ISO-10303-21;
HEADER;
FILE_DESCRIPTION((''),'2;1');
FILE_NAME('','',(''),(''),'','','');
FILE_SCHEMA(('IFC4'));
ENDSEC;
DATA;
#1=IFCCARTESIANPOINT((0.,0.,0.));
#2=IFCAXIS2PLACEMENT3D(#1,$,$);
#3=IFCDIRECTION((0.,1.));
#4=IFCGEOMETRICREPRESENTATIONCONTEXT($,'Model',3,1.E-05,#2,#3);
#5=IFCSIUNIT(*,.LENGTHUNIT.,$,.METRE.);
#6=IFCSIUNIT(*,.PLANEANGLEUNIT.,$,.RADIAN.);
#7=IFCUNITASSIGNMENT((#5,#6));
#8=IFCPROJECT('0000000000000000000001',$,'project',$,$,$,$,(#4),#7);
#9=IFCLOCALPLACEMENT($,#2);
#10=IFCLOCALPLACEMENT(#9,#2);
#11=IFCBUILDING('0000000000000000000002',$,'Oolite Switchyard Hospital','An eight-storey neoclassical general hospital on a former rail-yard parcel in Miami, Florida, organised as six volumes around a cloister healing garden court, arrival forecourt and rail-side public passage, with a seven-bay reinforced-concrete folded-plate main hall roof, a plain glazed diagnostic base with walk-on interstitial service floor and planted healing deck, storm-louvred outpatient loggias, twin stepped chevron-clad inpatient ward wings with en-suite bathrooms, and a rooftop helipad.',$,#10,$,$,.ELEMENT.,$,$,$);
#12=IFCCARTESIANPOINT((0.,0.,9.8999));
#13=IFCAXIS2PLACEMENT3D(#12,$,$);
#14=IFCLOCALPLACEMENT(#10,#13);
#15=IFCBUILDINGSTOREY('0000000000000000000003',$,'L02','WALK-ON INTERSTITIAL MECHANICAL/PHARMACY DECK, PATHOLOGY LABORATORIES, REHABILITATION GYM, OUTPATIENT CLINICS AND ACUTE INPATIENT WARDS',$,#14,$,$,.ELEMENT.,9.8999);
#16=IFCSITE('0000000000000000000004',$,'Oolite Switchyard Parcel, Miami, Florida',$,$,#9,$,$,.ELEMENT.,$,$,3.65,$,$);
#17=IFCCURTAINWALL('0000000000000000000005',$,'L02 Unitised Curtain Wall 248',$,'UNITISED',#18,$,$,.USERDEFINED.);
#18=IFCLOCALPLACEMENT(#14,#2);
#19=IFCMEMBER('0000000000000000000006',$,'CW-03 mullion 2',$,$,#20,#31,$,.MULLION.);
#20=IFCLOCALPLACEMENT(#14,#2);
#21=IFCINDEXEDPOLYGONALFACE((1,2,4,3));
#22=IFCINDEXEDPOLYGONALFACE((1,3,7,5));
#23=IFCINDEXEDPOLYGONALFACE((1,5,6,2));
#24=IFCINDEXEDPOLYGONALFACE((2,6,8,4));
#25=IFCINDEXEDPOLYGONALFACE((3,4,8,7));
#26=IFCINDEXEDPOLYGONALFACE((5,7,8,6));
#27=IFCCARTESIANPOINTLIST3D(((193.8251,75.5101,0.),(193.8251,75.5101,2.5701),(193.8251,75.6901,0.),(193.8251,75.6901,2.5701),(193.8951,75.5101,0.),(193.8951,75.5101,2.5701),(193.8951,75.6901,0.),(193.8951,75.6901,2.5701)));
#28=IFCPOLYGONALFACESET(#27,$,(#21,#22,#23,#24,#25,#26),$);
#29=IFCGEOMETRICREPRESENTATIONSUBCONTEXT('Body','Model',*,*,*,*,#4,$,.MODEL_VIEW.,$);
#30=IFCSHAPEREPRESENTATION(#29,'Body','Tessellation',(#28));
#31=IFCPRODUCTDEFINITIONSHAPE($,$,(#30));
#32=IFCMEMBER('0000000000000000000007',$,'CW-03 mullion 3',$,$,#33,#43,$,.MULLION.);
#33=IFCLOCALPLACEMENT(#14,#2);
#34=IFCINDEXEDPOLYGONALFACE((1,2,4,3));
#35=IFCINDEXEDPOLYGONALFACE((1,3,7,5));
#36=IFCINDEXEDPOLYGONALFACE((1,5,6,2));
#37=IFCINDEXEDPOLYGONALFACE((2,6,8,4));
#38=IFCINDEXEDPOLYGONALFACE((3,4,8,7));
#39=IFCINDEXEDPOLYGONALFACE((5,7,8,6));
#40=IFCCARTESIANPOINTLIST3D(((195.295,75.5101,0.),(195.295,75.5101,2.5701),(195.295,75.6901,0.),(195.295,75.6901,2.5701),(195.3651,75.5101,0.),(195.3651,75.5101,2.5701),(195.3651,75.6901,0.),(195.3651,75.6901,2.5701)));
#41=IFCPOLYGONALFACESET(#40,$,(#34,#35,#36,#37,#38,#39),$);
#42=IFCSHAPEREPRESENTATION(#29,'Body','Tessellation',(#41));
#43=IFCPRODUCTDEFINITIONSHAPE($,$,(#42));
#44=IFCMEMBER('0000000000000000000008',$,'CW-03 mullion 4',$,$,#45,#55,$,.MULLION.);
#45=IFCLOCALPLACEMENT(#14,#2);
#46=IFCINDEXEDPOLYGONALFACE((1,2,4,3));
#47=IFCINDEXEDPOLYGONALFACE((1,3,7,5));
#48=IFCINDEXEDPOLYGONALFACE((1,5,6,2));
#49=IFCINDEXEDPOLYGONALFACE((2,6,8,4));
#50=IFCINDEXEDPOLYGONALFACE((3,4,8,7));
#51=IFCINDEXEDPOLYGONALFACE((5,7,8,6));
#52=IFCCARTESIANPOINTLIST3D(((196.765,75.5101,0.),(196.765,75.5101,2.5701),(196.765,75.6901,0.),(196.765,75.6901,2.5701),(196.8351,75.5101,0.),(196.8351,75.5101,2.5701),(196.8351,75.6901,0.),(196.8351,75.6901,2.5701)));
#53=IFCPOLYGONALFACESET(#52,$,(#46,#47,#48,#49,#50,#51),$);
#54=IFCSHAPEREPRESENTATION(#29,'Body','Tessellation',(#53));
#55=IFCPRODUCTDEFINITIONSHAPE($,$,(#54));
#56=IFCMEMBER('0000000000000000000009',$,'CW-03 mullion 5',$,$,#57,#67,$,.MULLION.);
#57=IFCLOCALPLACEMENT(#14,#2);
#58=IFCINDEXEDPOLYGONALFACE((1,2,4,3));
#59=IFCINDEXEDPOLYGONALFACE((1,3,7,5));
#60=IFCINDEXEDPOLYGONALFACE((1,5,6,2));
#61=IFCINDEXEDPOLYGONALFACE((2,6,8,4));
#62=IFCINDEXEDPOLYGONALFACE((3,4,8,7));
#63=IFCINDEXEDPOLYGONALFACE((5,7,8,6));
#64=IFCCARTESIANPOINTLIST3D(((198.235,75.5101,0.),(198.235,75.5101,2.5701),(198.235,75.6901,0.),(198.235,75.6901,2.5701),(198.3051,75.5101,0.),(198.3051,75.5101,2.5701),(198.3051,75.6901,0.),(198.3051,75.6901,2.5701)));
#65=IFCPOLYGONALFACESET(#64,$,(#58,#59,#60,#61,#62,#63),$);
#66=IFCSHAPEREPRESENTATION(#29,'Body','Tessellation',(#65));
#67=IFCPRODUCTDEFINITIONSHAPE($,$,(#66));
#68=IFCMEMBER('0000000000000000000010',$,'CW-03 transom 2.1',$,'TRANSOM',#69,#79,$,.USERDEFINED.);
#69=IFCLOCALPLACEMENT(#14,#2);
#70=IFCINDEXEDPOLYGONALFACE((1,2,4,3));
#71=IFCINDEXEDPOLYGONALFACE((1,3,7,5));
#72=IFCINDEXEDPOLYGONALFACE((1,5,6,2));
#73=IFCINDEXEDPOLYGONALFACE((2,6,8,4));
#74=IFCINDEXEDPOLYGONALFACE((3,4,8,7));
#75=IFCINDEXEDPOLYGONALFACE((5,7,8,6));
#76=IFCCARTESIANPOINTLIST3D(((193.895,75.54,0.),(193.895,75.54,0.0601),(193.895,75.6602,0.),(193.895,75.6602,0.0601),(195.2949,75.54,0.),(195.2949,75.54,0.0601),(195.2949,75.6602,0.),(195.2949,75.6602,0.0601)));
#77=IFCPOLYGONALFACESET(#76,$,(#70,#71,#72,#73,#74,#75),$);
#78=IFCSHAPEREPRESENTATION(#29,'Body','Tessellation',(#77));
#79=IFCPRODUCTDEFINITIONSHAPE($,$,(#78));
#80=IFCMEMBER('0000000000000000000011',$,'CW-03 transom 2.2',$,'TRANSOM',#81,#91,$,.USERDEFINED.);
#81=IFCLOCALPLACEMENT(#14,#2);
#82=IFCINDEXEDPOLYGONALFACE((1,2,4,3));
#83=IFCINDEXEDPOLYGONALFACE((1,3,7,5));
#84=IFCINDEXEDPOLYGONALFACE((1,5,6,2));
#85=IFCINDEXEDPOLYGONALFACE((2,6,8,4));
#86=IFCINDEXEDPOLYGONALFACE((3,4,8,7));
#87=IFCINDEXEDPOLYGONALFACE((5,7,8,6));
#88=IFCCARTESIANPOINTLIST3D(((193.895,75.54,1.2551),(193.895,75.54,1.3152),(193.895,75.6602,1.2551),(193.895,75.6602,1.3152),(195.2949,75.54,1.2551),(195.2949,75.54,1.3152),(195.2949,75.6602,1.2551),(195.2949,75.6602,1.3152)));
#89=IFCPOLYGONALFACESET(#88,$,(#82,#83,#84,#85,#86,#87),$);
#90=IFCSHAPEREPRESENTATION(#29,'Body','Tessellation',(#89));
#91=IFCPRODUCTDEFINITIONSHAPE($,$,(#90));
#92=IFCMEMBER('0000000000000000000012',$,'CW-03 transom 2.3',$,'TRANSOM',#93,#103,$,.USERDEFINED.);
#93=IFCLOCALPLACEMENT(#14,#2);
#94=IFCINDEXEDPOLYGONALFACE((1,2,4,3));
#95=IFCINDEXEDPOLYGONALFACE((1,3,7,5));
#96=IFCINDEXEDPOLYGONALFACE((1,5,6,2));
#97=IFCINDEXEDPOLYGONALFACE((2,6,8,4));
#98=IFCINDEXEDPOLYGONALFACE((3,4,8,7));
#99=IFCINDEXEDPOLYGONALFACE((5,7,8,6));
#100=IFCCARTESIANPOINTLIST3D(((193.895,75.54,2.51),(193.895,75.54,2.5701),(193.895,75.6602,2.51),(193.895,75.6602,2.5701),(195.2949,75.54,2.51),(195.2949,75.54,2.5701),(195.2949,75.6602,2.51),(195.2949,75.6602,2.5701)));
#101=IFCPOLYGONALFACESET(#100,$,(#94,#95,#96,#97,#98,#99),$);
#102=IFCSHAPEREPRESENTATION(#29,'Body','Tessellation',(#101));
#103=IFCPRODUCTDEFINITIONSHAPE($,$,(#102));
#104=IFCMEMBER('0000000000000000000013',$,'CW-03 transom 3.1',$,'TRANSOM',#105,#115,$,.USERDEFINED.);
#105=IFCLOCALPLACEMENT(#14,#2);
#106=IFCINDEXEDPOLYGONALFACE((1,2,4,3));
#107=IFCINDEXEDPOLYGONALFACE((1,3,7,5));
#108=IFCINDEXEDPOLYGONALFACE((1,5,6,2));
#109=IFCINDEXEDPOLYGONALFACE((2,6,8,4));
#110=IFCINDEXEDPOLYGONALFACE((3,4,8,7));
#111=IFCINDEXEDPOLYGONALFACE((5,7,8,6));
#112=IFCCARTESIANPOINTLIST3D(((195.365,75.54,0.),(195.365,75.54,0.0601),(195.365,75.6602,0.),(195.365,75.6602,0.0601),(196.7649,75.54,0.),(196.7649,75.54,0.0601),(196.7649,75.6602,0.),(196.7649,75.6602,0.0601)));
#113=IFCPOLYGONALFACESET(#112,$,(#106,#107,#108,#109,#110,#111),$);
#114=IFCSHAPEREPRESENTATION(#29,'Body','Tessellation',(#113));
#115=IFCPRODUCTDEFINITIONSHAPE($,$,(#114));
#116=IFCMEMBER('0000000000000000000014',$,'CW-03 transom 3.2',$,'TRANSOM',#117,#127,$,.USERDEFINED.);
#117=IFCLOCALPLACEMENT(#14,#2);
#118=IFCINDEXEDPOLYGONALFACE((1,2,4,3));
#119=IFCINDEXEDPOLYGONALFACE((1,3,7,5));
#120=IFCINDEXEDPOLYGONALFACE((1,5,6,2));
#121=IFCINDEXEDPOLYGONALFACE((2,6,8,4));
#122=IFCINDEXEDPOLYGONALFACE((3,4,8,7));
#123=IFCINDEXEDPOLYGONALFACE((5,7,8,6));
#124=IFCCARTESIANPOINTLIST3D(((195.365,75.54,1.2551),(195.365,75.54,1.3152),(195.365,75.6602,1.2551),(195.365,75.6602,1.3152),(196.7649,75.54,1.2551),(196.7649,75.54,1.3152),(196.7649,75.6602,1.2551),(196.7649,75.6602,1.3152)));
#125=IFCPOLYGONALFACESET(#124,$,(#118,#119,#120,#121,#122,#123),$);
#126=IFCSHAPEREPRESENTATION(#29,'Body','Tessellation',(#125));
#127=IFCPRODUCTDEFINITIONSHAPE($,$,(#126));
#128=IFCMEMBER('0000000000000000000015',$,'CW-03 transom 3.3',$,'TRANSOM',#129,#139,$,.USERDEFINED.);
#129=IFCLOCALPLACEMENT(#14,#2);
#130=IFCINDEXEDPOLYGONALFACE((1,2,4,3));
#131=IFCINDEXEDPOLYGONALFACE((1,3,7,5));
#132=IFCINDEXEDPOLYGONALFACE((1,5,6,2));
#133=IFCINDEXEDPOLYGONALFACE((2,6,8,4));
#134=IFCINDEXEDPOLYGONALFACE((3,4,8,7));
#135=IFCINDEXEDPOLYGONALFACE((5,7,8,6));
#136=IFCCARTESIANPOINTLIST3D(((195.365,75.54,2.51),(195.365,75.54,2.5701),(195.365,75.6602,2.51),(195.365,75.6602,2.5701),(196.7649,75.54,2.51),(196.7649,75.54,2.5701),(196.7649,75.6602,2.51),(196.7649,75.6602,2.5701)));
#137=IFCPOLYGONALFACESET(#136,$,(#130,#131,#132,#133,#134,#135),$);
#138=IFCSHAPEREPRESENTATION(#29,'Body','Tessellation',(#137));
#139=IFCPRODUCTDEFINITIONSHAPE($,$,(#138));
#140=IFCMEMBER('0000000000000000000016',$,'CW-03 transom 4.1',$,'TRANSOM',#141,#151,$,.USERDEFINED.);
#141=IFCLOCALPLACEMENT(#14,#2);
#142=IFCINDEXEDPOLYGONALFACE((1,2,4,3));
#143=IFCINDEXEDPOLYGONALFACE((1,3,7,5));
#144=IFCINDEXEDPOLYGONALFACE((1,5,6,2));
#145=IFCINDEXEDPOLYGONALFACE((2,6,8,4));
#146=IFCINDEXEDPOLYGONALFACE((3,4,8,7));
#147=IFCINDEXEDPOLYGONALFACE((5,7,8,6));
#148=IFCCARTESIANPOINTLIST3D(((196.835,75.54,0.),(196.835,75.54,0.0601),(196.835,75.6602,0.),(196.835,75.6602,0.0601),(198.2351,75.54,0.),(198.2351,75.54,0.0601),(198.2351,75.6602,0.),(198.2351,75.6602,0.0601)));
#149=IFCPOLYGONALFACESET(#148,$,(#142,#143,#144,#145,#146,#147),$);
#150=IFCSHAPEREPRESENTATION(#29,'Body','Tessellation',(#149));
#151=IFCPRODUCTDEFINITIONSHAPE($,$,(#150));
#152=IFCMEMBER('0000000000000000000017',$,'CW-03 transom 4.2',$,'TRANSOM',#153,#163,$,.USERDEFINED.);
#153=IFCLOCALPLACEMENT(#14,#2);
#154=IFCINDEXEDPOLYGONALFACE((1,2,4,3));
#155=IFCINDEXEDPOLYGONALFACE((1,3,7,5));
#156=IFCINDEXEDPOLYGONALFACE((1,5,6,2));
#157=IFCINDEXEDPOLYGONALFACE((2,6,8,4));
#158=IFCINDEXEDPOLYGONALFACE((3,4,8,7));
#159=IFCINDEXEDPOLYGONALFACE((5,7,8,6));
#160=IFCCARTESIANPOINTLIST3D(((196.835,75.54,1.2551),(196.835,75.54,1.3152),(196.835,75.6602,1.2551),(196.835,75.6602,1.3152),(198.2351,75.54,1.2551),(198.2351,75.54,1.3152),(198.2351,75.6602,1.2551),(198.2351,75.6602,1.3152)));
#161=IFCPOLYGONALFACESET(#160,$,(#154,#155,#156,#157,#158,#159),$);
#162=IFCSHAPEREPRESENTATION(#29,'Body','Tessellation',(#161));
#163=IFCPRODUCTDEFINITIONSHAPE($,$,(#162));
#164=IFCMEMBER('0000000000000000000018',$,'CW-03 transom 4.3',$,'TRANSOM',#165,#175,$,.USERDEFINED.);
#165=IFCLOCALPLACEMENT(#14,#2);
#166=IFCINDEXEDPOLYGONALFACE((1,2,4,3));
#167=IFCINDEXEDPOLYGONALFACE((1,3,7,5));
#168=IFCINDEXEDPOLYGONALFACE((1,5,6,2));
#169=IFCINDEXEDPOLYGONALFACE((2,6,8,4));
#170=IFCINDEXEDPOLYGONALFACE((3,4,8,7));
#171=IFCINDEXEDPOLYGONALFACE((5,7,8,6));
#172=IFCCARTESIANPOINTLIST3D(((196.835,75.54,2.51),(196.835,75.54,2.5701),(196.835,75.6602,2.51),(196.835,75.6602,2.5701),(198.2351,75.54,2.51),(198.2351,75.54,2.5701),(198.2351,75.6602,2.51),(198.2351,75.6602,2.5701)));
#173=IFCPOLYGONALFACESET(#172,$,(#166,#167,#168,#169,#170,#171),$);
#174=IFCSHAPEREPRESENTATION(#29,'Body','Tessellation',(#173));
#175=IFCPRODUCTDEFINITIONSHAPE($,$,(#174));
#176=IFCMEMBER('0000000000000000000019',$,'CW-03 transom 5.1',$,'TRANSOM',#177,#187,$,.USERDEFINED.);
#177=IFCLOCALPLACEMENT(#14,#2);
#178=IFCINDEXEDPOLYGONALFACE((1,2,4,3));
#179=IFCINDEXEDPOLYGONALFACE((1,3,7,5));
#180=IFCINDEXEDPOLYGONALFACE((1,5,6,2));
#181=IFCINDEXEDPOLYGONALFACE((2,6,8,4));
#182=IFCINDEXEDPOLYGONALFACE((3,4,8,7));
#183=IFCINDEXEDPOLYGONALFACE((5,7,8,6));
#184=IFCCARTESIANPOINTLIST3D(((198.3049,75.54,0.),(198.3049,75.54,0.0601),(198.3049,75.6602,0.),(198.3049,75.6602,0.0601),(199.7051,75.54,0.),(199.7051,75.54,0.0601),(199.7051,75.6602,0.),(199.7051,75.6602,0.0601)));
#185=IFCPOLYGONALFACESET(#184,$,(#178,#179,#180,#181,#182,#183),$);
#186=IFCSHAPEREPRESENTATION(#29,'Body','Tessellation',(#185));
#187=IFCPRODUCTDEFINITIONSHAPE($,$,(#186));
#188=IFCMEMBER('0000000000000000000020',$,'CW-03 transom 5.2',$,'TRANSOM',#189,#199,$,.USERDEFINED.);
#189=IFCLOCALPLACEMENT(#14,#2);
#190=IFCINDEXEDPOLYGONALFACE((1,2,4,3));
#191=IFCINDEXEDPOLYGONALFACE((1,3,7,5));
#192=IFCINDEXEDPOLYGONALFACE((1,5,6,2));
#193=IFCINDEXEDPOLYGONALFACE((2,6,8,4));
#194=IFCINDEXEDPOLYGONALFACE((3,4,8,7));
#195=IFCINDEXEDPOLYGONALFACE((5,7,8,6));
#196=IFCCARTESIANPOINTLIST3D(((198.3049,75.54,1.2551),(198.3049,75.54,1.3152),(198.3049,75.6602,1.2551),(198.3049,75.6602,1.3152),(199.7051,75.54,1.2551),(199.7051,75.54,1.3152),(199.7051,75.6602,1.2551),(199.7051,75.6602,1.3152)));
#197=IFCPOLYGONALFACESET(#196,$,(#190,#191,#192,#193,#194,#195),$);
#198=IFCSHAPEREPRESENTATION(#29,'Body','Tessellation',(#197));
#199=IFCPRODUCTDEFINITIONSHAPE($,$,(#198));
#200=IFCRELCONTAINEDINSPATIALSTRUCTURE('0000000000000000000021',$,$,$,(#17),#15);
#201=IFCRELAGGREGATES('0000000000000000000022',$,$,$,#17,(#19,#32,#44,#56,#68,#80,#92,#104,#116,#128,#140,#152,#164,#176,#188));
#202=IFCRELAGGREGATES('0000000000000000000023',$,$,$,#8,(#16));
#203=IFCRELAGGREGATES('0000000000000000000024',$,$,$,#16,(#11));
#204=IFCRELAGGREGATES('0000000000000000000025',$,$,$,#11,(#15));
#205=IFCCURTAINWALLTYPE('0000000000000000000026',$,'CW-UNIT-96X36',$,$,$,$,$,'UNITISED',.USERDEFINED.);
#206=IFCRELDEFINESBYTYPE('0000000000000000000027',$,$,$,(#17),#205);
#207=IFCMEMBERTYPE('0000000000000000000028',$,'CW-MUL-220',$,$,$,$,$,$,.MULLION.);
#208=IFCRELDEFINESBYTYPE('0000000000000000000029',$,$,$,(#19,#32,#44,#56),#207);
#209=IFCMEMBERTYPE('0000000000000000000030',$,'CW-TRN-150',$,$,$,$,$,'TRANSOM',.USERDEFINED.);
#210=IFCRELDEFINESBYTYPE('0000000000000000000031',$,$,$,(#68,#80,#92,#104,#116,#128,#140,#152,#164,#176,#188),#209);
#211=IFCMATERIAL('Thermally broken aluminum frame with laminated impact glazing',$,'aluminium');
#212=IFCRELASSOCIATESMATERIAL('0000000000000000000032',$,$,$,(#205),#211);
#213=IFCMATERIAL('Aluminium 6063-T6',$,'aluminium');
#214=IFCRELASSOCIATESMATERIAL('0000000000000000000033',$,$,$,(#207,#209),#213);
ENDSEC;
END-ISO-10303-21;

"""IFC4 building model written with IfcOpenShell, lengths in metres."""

from ifc_helpers import new_model, si_unit, direction, frame, origin, origin_2d, place, context, subcontext, project, spatial, rectangle, extrude, material, material_profile, profile_set, type_object, element, aggregate, save


model = new_model("IFC4")

# Units and contexts
model_context = context("Model", 3, precision=1e-05, world=origin(), true_north=direction((0.0, 1.0)))
body_context = subcontext(model_context, "Body", "Model", "MODEL_VIEW")
ifc_project = project(units=[si_unit("LENGTHUNIT", "METRE"), si_unit("PLANEANGLEUNIT", "RADIAN")], contexts=[model_context])

# Site, building, storey
site_placement = place(None, origin())
site = spatial("IfcSite", under=ifc_project, at=site_placement, Name="Oolite Switchyard Parcel, Miami, Florida", CompositionType="ELEMENT", RefElevation=3.65)
building_placement = place(site_placement, origin())
building = spatial("IfcBuilding", under=site, at=building_placement, Name="Oolite Switchyard Hospital", Description="An eight-storey neoclassical general hospital on a former rail-yard parcel in Miami, Florida, organised as six volumes around a cloister healing garden court, arrival forecourt and rail-side public passage, with a seven-bay reinforced-concrete folded-plate main hall roof, a plain glazed diagnostic base with walk-on interstitial service floor and planted healing deck, storm-louvred outpatient loggias, twin stepped chevron-clad inpatient ward wings with en-suite bathrooms, and a rooftop helipad.", CompositionType="ELEMENT")
storey_placement = place(building_placement, frame((0.0, 0.0, 9.8999)))
storey = spatial("IfcBuildingStorey", under=building, at=storey_placement, Name="L02", Description="WALK-ON INTERSTITIAL MECHANICAL/PHARMACY DECK, PATHOLOGY LABORATORIES, REHABILITATION GYM, OUTPATIENT CLINICS AND ACUTE INPATIENT WARDS", CompositionType="ELEMENT", Elevation=9.8999)

# Curtain wall, members
ifc_material_1 = material(Name="Thermally broken aluminum frame with laminated impact glazing", Category="aluminium")
curtain_wall_type = type_object("IfcCurtainWallType", Name="CW-UNIT-96X36", ElementType="UNITISED", PredefinedType="USERDEFINED", material=ifc_material_1)
curtain_wall_placement = place(storey_placement, origin())
curtain_wall = element("IfcCurtainWall", 1, at=curtain_wall_placement, inside=storey, type_object=curtain_wall_type, Name="L02 Unitised Curtain Wall 248", ObjectType="UNITISED", PredefinedType="USERDEFINED")
ifc_material_2 = material(Name="Aluminium 6063-T6", Category="aluminium")
ifc_material_profile_1 = material_profile(ifc_material_2, rectangle(XDim=0.1799, YDim=0.0701, at=origin_2d()), Name="CWM70X180")
ifc_profile_set_1 = profile_set([ifc_material_profile_1], Name="Aluminium 6063-T6")
member_type_1 = type_object("IfcMemberType", Name="CW-MUL-220", PredefinedType="MULLION", material=ifc_profile_set_1)
member_1_placement = place(storey_placement, frame((193.8601, 75.6001, 0.0), z_axis=(0.0, 0.0, 1.0), x_axis=(0.0, 1.0, 0.0)))
member_1 = element("IfcMember", 2, at=member_1_placement, type_object=member_type_1, Name="CW-03 mullion 2", PredefinedType="MULLION", context=body_context, shape_type="SweptSolid", body=[
    extrude(rectangle(XDim=0.1799, YDim=0.0701, at=origin_2d()), origin(), (0.0, 0.0, 1.0), 2.5701),
])
member_2_placement = place(storey_placement, frame((195.3301, 75.6001, 0.0), z_axis=(0.0, 0.0, 1.0), x_axis=(0.0, 1.0, 0.0)))
member_2 = element("IfcMember", 3, at=member_2_placement, type_object=member_type_1, Name="CW-03 mullion 3", PredefinedType="MULLION", context=body_context, shape_type="SweptSolid", body=[
    extrude(rectangle(XDim=0.1799, YDim=0.0701, at=origin_2d()), origin(), (0.0, 0.0, 1.0), 2.5701),
])
member_3_placement = place(storey_placement, frame((196.8, 75.6001, 0.0), z_axis=(0.0, 0.0, 1.0), x_axis=(0.0, 1.0, 0.0)))
member_3 = element("IfcMember", 4, at=member_3_placement, type_object=member_type_1, Name="CW-03 mullion 4", PredefinedType="MULLION", context=body_context, shape_type="SweptSolid", body=[
    extrude(rectangle(XDim=0.1799, YDim=0.0701, at=origin_2d()), origin(), (0.0, 0.0, 1.0), 2.5701),
])
member_4_placement = place(storey_placement, frame((198.27, 75.6001, 0.0), z_axis=(0.0, 0.0, 1.0), x_axis=(0.0, 1.0, 0.0)))
member_4 = element("IfcMember", 5, at=member_4_placement, type_object=member_type_1, Name="CW-03 mullion 5", PredefinedType="MULLION", context=body_context, shape_type="SweptSolid", body=[
    extrude(rectangle(XDim=0.1799, YDim=0.0701, at=origin_2d()), origin(), (0.0, 0.0, 1.0), 2.5701),
])
ifc_material_profile_2 = material_profile(ifc_material_2, rectangle(XDim=0.1201, YDim=0.0601, at=origin_2d()), Name="CWT60X120")
ifc_profile_set_2 = profile_set([ifc_material_profile_2], Name="Aluminium 6063-T6")
member_type_2 = type_object("IfcMemberType", Name="CW-TRN-150", ElementType="TRANSOM", PredefinedType="USERDEFINED", material=ifc_profile_set_2)
member_5_placement = place(storey_placement, frame((193.895, 75.6001, 0.03), z_axis=(1.0, 0.0, 0.0), x_axis=(0.0, 1.0, 0.0)))
member_5 = element("IfcMember", 6, at=member_5_placement, type_object=member_type_2, Name="CW-03 transom 2.1", ObjectType="TRANSOM", PredefinedType="USERDEFINED", context=body_context, shape_type="SweptSolid", body=[
    extrude(rectangle(XDim=0.1201, YDim=0.0601, at=origin_2d()), origin(), (0.0, 0.0, 1.0), 1.3999),
])
member_6_placement = place(storey_placement, frame((193.895, 75.6001, 1.2852), z_axis=(1.0, 0.0, 0.0), x_axis=(0.0, 1.0, 0.0)))
member_6 = element("IfcMember", 7, at=member_6_placement, type_object=member_type_2, Name="CW-03 transom 2.2", ObjectType="TRANSOM", PredefinedType="USERDEFINED", context=body_context, shape_type="SweptSolid", body=[
    extrude(rectangle(XDim=0.1201, YDim=0.0601, at=origin_2d()), origin(), (0.0, 0.0, 1.0), 1.3999),
])
member_7_placement = place(storey_placement, frame((193.895, 75.6001, 2.54), z_axis=(1.0, 0.0, 0.0), x_axis=(0.0, 1.0, 0.0)))
member_7 = element("IfcMember", 8, at=member_7_placement, type_object=member_type_2, Name="CW-03 transom 2.3", ObjectType="TRANSOM", PredefinedType="USERDEFINED", context=body_context, shape_type="SweptSolid", body=[
    extrude(rectangle(XDim=0.1201, YDim=0.0601, at=origin_2d()), origin(), (0.0, 0.0, 1.0), 1.3999),
])
member_8_placement = place(storey_placement, frame((195.365, 75.6001, 0.03), z_axis=(1.0, 0.0, 0.0), x_axis=(0.0, 1.0, 0.0)))
member_8 = element("IfcMember", 9, at=member_8_placement, type_object=member_type_2, Name="CW-03 transom 3.1", ObjectType="TRANSOM", PredefinedType="USERDEFINED", context=body_context, shape_type="SweptSolid", body=[
    extrude(rectangle(XDim=0.1201, YDim=0.0601, at=origin_2d()), origin(), (0.0, 0.0, 1.0), 1.3999),
])
member_9_placement = place(storey_placement, frame((195.365, 75.6001, 1.2852), z_axis=(1.0, 0.0, 0.0), x_axis=(0.0, 1.0, 0.0)))
member_9 = element("IfcMember", 10, at=member_9_placement, type_object=member_type_2, Name="CW-03 transom 3.2", ObjectType="TRANSOM", PredefinedType="USERDEFINED", context=body_context, shape_type="SweptSolid", body=[
    extrude(rectangle(XDim=0.1201, YDim=0.0601, at=origin_2d()), origin(), (0.0, 0.0, 1.0), 1.3999),
])
member_10_placement = place(storey_placement, frame((195.365, 75.6001, 2.54), z_axis=(1.0, 0.0, 0.0), x_axis=(0.0, 1.0, 0.0)))
member_10 = element("IfcMember", 11, at=member_10_placement, type_object=member_type_2, Name="CW-03 transom 3.3", ObjectType="TRANSOM", PredefinedType="USERDEFINED", context=body_context, shape_type="SweptSolid", body=[
    extrude(rectangle(XDim=0.1201, YDim=0.0601, at=origin_2d()), origin(), (0.0, 0.0, 1.0), 1.3999),
])
member_11_placement = place(storey_placement, frame((196.835, 75.6001, 0.03), z_axis=(1.0, 0.0, 0.0), x_axis=(0.0, 1.0, 0.0)))
member_11 = element("IfcMember", 12, at=member_11_placement, type_object=member_type_2, Name="CW-03 transom 4.1", ObjectType="TRANSOM", PredefinedType="USERDEFINED", context=body_context, shape_type="SweptSolid", body=[
    extrude(rectangle(XDim=0.1201, YDim=0.0601, at=origin_2d()), origin(), (0.0, 0.0, 1.0), 1.4001),
])
member_12_placement = place(storey_placement, frame((196.835, 75.6001, 1.2852), z_axis=(1.0, 0.0, 0.0), x_axis=(0.0, 1.0, 0.0)))
member_12 = element("IfcMember", 13, at=member_12_placement, type_object=member_type_2, Name="CW-03 transom 4.2", ObjectType="TRANSOM", PredefinedType="USERDEFINED", context=body_context, shape_type="SweptSolid", body=[
    extrude(rectangle(XDim=0.1201, YDim=0.0601, at=origin_2d()), origin(), (0.0, 0.0, 1.0), 1.4001),
])
member_13_placement = place(storey_placement, frame((196.835, 75.6001, 2.54), z_axis=(1.0, 0.0, 0.0), x_axis=(0.0, 1.0, 0.0)))
member_13 = element("IfcMember", 14, at=member_13_placement, type_object=member_type_2, Name="CW-03 transom 4.3", ObjectType="TRANSOM", PredefinedType="USERDEFINED", context=body_context, shape_type="SweptSolid", body=[
    extrude(rectangle(XDim=0.1201, YDim=0.0601, at=origin_2d()), origin(), (0.0, 0.0, 1.0), 1.4001),
])
member_14_placement = place(storey_placement, frame((198.3049, 75.6001, 0.03), z_axis=(1.0, 0.0, 0.0), x_axis=(0.0, 1.0, 0.0)))
member_14 = element("IfcMember", 15, at=member_14_placement, type_object=member_type_2, Name="CW-03 transom 5.1", ObjectType="TRANSOM", PredefinedType="USERDEFINED", context=body_context, shape_type="SweptSolid", body=[
    extrude(rectangle(XDim=0.1201, YDim=0.0601, at=origin_2d()), origin(), (0.0, 0.0, 1.0), 1.4001),
])
member_15_placement = place(storey_placement, frame((198.3049, 75.6001, 1.2852), z_axis=(1.0, 0.0, 0.0), x_axis=(0.0, 1.0, 0.0)))
member_15 = element("IfcMember", 16, at=member_15_placement, type_object=member_type_2, Name="CW-03 transom 5.2", ObjectType="TRANSOM", PredefinedType="USERDEFINED", context=body_context, shape_type="SweptSolid", body=[
    extrude(rectangle(XDim=0.1201, YDim=0.0601, at=origin_2d()), origin(), (0.0, 0.0, 1.0), 1.4001),
])
aggregate(curtain_wall, [member_1, member_2, member_3, member_4, member_5, member_6, member_7, member_8, member_9, member_10, member_11, member_12, member_13, member_14, member_15])

save(model, "model.ifc")
